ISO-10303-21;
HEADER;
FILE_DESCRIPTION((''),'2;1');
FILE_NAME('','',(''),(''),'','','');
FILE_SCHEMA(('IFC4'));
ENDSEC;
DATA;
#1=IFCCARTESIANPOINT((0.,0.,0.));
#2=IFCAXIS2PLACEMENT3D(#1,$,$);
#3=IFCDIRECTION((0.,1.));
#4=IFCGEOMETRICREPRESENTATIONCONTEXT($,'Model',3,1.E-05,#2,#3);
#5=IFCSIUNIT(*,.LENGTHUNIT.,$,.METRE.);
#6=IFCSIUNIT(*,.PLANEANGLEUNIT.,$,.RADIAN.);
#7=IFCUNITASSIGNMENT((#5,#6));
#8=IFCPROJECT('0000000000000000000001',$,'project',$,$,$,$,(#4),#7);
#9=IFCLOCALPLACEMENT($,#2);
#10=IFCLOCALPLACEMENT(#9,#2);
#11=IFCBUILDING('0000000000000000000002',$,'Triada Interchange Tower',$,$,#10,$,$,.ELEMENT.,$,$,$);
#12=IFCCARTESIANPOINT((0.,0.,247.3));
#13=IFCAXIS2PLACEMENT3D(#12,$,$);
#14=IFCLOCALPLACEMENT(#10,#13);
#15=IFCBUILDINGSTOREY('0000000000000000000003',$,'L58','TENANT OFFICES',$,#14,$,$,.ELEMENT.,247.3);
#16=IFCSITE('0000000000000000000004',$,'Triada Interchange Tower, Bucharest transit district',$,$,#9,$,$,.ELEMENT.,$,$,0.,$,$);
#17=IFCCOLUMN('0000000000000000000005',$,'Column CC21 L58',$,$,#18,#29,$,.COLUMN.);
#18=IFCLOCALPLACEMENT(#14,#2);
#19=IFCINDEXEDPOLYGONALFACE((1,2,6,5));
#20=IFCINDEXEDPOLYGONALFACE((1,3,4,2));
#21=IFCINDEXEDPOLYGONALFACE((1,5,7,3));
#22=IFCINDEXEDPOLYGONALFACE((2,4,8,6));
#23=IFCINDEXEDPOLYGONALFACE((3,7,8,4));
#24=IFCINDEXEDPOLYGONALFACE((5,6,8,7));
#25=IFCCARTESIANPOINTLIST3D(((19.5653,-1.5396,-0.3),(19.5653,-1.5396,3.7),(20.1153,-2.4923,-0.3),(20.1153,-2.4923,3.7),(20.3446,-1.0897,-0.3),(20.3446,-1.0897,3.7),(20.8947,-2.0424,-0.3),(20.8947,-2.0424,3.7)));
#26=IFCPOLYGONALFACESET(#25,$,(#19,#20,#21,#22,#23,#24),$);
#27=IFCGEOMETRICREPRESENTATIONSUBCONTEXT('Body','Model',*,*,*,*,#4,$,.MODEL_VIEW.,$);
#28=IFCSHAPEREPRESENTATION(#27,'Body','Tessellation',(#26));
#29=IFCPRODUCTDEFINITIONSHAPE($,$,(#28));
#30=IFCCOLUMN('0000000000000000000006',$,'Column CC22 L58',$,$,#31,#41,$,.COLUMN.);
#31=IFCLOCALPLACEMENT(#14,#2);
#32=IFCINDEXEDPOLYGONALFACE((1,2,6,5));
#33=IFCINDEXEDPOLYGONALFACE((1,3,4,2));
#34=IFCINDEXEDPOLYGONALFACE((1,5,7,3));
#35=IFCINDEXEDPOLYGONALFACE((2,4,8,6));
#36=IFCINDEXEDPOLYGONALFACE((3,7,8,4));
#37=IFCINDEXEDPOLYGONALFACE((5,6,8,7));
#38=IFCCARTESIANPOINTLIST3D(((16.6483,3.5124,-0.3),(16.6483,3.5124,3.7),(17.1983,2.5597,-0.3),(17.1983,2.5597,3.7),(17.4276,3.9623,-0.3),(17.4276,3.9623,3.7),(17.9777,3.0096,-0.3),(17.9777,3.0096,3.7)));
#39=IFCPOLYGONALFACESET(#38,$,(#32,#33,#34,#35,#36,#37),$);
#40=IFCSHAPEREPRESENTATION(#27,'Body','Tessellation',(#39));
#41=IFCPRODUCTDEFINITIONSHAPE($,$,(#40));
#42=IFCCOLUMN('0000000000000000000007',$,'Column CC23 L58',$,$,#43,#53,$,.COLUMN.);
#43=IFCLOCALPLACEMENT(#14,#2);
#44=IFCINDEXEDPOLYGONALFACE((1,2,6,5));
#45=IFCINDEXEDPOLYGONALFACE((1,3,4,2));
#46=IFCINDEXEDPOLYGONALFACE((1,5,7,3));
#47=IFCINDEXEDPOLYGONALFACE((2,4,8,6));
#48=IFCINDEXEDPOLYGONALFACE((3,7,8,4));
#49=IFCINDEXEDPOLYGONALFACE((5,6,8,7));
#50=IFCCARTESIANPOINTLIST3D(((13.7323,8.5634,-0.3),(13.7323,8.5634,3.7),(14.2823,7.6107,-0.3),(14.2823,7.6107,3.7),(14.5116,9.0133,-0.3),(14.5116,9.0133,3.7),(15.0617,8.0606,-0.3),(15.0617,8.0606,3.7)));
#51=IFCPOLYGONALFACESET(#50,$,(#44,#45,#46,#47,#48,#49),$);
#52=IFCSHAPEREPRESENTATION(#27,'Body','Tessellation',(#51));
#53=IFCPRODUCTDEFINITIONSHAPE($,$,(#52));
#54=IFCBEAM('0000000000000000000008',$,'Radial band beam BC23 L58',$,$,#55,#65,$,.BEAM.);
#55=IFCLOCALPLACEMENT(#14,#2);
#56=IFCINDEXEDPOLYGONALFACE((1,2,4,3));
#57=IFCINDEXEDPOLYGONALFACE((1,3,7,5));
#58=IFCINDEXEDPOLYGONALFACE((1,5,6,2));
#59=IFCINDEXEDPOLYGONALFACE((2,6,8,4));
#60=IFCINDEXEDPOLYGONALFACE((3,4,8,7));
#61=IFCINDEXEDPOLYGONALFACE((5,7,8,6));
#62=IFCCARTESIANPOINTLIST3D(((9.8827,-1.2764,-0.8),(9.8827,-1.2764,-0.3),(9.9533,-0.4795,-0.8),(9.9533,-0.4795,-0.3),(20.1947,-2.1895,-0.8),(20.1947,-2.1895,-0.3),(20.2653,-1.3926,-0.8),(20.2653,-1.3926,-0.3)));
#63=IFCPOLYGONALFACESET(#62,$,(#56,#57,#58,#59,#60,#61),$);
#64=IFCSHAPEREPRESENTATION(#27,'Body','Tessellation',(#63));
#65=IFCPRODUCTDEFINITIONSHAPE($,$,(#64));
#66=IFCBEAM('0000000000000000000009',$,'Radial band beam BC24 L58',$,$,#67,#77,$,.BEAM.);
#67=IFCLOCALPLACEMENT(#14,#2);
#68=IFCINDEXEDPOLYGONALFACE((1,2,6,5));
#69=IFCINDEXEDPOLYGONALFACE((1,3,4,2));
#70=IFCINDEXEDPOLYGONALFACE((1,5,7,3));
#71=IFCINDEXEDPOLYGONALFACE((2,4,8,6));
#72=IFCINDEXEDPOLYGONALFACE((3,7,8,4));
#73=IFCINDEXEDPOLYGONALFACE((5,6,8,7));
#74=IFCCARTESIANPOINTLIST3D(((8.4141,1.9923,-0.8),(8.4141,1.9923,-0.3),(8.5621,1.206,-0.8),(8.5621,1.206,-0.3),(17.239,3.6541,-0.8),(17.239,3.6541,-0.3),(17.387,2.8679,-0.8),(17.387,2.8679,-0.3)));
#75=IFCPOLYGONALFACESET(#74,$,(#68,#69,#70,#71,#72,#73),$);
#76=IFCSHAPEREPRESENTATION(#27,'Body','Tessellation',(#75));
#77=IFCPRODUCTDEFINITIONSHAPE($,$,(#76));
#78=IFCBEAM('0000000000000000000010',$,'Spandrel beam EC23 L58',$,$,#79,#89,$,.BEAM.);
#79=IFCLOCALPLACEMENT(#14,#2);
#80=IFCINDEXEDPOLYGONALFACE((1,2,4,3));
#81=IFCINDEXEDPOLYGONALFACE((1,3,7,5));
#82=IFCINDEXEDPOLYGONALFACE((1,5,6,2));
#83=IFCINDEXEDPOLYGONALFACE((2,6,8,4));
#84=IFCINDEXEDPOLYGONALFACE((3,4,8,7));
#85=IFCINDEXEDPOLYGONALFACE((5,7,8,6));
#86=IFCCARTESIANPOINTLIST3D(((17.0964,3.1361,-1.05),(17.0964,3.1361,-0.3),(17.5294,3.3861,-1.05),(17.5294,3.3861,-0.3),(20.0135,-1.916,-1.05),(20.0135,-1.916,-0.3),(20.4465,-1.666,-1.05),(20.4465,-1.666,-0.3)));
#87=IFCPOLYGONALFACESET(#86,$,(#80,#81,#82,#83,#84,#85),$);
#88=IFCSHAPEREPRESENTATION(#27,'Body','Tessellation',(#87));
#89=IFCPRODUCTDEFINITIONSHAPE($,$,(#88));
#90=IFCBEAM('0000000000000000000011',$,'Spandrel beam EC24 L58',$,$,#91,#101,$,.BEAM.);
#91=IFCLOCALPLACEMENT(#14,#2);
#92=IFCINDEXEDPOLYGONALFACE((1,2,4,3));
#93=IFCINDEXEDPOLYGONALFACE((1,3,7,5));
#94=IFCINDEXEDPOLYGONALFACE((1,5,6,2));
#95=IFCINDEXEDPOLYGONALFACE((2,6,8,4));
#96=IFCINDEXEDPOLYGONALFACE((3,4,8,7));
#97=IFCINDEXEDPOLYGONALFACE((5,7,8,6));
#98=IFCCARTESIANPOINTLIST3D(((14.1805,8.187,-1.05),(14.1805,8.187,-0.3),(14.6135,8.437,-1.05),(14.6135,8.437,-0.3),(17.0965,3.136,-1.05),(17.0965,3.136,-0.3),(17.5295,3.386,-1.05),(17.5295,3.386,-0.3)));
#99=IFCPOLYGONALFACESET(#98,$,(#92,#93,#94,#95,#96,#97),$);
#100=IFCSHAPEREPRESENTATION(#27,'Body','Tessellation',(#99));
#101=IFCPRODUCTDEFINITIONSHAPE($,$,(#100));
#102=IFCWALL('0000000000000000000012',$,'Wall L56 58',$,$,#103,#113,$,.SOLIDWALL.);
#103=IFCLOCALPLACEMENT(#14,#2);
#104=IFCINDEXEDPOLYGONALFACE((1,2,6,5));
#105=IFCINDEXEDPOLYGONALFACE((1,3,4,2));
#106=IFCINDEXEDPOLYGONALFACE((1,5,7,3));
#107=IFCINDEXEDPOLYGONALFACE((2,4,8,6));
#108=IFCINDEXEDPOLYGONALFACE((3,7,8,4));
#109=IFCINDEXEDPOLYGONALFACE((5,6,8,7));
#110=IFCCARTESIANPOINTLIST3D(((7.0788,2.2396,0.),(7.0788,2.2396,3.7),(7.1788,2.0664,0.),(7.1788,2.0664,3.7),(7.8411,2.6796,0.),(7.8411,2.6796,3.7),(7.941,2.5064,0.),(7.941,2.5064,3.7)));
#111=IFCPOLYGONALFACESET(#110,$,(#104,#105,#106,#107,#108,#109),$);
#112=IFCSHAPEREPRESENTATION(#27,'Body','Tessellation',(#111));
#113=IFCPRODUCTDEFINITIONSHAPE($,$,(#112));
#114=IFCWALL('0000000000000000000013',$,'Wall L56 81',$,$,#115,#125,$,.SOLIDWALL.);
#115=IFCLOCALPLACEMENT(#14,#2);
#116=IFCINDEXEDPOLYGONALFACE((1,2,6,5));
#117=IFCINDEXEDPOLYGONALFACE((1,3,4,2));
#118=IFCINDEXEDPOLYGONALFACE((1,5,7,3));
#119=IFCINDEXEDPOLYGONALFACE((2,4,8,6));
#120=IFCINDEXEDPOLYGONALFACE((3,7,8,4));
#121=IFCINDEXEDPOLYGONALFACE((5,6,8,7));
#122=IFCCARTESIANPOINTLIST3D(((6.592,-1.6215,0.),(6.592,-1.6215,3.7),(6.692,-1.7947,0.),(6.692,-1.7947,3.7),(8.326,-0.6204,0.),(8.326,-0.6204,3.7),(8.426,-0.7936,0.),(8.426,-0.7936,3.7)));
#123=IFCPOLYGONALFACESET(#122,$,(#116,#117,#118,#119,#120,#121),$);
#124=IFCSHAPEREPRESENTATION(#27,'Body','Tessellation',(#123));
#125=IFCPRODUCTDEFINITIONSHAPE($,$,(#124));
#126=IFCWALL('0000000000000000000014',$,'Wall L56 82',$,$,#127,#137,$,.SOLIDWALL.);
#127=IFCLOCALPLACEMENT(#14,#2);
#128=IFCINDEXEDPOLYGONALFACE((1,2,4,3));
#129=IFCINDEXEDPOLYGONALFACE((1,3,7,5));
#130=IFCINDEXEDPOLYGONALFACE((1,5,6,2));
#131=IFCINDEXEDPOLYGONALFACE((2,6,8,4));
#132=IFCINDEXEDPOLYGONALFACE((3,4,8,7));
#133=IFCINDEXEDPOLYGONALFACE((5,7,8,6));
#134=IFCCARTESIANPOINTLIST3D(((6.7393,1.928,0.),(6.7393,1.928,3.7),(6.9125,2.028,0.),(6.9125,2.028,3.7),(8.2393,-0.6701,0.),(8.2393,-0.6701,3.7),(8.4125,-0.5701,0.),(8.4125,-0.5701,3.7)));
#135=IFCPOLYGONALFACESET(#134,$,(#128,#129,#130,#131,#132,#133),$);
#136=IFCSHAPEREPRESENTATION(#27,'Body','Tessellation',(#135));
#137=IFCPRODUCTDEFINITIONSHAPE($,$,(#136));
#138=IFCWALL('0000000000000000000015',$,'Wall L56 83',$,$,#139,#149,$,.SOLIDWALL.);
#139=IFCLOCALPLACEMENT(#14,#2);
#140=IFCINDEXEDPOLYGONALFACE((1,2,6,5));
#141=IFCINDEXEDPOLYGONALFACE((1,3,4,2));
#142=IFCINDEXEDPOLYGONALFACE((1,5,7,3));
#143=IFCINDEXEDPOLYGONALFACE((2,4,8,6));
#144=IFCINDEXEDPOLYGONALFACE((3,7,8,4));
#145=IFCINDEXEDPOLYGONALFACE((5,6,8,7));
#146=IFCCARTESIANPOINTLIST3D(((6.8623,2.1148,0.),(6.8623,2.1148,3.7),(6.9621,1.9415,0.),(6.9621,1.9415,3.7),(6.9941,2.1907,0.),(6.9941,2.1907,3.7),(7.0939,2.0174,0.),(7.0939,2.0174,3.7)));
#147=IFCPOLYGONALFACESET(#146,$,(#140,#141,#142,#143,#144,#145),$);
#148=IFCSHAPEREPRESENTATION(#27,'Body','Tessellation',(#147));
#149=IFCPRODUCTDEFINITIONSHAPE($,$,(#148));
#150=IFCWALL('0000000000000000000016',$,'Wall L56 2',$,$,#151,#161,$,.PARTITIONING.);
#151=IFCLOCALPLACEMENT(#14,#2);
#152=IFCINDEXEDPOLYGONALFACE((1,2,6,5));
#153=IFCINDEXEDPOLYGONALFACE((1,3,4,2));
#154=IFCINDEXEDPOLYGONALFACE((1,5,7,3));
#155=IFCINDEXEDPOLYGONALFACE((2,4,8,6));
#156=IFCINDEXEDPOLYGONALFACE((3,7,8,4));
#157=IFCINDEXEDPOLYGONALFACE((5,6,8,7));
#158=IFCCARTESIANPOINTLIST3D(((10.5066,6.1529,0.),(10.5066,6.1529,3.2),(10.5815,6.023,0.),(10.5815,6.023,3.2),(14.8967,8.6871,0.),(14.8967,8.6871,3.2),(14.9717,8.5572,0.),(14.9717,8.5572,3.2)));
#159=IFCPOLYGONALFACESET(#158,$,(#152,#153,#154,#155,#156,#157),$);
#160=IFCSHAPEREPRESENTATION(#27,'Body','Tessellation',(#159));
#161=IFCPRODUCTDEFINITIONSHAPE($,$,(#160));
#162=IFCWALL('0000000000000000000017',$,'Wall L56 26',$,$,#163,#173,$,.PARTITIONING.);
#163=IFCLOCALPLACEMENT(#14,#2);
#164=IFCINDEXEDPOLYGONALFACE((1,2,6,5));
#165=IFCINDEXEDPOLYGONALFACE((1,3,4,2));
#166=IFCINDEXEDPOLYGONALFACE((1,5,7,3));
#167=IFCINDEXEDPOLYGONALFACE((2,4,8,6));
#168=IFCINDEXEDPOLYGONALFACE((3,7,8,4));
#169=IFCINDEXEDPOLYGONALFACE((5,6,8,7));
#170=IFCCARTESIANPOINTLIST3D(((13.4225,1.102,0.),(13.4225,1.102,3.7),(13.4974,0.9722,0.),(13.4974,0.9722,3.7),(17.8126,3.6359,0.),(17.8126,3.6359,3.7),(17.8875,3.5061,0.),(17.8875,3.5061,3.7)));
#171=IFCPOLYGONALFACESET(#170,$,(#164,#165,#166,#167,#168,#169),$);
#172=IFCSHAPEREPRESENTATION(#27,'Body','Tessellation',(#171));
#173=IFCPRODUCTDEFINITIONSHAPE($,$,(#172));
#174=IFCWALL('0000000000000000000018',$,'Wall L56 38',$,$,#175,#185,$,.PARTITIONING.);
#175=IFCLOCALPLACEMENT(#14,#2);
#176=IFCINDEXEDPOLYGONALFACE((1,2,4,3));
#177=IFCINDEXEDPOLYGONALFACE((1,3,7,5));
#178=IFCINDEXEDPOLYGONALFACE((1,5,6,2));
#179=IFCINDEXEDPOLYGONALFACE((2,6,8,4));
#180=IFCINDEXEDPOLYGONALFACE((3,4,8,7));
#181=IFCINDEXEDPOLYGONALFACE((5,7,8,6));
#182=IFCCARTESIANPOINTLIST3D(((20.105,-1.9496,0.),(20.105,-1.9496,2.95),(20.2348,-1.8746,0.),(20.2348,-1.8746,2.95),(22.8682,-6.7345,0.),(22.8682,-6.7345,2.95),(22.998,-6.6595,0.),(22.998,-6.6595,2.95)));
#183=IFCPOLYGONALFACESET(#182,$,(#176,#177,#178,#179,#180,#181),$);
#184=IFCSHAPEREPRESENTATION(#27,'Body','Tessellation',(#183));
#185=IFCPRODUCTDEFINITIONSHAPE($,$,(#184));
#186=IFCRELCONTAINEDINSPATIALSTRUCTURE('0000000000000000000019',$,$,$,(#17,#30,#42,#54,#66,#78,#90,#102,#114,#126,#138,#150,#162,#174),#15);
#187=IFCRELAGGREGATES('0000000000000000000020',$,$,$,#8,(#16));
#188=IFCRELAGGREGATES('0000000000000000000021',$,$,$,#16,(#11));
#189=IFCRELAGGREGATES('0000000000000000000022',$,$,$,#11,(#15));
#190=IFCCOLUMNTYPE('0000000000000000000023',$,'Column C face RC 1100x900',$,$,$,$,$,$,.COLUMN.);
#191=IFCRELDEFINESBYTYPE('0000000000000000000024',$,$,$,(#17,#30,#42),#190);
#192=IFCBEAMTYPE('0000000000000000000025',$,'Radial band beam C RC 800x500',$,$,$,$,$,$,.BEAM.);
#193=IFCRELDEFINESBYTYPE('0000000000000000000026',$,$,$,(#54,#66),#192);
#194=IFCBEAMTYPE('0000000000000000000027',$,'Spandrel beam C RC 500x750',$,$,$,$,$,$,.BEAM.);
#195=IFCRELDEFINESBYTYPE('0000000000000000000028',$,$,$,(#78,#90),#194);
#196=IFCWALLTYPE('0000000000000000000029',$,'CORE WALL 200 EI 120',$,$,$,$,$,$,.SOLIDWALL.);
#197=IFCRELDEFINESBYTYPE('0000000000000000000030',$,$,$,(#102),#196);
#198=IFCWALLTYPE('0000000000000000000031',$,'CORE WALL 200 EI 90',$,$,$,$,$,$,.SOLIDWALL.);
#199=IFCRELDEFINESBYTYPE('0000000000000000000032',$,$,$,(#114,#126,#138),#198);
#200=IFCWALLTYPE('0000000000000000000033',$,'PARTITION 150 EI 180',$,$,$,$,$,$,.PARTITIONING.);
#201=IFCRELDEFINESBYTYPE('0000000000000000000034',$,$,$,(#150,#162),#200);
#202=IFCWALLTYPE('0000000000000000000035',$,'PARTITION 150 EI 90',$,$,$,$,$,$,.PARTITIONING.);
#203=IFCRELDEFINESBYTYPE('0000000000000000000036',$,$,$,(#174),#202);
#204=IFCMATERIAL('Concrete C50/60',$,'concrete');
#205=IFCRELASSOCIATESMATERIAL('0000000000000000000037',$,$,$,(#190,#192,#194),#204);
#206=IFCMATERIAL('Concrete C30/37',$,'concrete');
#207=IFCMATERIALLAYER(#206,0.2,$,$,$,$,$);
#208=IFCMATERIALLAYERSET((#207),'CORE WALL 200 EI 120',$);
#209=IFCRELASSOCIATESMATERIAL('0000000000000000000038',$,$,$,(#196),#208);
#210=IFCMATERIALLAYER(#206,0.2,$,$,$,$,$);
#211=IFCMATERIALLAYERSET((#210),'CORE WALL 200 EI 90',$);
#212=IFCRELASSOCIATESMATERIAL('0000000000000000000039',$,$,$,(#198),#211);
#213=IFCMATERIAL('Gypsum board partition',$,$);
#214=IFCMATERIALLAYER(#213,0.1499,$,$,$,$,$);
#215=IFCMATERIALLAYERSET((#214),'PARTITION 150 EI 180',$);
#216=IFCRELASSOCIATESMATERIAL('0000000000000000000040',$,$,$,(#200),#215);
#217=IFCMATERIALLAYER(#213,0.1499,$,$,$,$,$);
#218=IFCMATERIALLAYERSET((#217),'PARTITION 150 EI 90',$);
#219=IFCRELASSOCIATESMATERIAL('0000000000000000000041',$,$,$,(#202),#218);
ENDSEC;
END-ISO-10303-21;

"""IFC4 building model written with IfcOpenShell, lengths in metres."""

from ifc_helpers import new_model, si_unit, direction, frame, frame_2d, origin, origin_2d, place, context, subcontext, project, spatial, rectangle, extrude, material, layer, layer_set, material_profile, profile_set, type_object, element, save


model = new_model("IFC4")

# Units and contexts
model_context = context("Model", 3, precision=1e-05, world=origin(), true_north=direction((0.0, 1.0)))
body_context = subcontext(model_context, "Body", "Model", "MODEL_VIEW")
ifc_project = project(units=[si_unit("LENGTHUNIT", "METRE"), si_unit("PLANEANGLEUNIT", "RADIAN")], contexts=[model_context])

# Site, building, storey
site_placement = place(None, origin())
site = spatial("IfcSite", under=ifc_project, at=site_placement, Name="Triada Interchange Tower, Bucharest transit district", CompositionType="ELEMENT", RefElevation=0.0)
building_placement = place(site_placement, origin())
building = spatial("IfcBuilding", under=site, at=building_placement, Name="Triada Interchange Tower", CompositionType="ELEMENT")
storey_placement = place(building_placement, frame((0.0, 0.0, 247.3)))
storey = spatial("IfcBuildingStorey", under=building, at=storey_placement, Name="L58", Description="TENANT OFFICES", CompositionType="ELEMENT", Elevation=247.3)

# Columns
ifc_material_1 = material(Name="Concrete C50/60", Category="concrete")
ifc_material_profile_1 = material_profile(ifc_material_1, rectangle(XDim=1.1001, YDim=0.8999, at=origin_2d()), Name="RC 1100x900")
ifc_profile_set_1 = profile_set([ifc_material_profile_1], Name="Concrete C50/60")
column_type = type_object("IfcColumnType", Name="Column C face RC 1100x900", PredefinedType="COLUMN", material=ifc_profile_set_1)
for number, where, z_axis, x_axis, name in (
    (1, (20.23, -1.791, -0.3), (0.0, 0.0, 1.0), (-0.5, 0.866025, 0.0), "Column CC21 L58"),
    (2, (17.313, 3.261, -0.3), (0.0, 0.0, 1.0), (-0.5, 0.866025, 0.0), "Column CC22 L58"),
    (3, (14.397, 8.312, -0.3), (0.0, 0.0, 1.0), (-0.5, 0.866025, 0.0), "Column CC23 L58"),
):
    element("IfcColumn", number, at=place(storey_placement, frame(where, z_axis=z_axis, x_axis=x_axis)), inside=storey, type_object=column_type, Name=name, PredefinedType="COLUMN", context=body_context, shape_type="SweptSolid", body=[
        extrude(rectangle(XDim=1.1001, YDim=0.8999, at=origin_2d()), origin(), (0.0, 0.0, 1.0), 4.0),
    ])

# Beams
ifc_material_profile_2 = material_profile(ifc_material_1, rectangle(XDim=0.8, YDim=0.5, at=origin_2d()), Name="RC 800x500")
ifc_profile_set_2 = profile_set([ifc_material_profile_2], Name="Concrete C50/60")
beam_type_1 = type_object("IfcBeamType", Name="Radial band beam C RC 800x500", PredefinedType="BEAM", material=ifc_profile_set_2)
beam_1_placement = place(storey_placement, frame((20.23, -1.791, -0.55), z_axis=(-0.996103, 0.088201, 0.0), x_axis=(-0.088201, -0.996103, 0.0)))
element("IfcBeam", 4, at=beam_1_placement, inside=storey, type_object=beam_type_1, Name="Radial band beam BC23 L58", PredefinedType="BEAM", context=body_context, shape_type="SweptSolid", body=[
    extrude(rectangle(XDim=0.8, YDim=0.5, at=origin_2d()), origin(), (0.0, 0.0, 1.0), 10.3523),
])
beam_2_placement = place(storey_placement, frame((17.313, 3.261, -0.55), z_axis=(-0.982727, -0.185062, 0.0), x_axis=(0.185062, -0.982727, 0.0)))
element("IfcBeam", 5, at=beam_2_placement, inside=storey, type_object=beam_type_1, Name="Radial band beam BC24 L58", PredefinedType="BEAM", context=body_context, shape_type="SweptSolid", body=[
    extrude(rectangle(XDim=0.8, YDim=0.5, at=origin_2d()), origin(), (0.0, 0.0, 1.0), 8.98),
])
ifc_material_profile_3 = material_profile(ifc_material_1, rectangle(XDim=0.5, YDim=0.75, at=origin_2d()), Name="RC 500x750")
ifc_profile_set_3 = profile_set([ifc_material_profile_3], Name="Concrete C50/60")
beam_type_2 = type_object("IfcBeamType", Name="Spandrel beam C RC 500x750", PredefinedType="BEAM", material=ifc_profile_set_3)
beam_3_placement = place(storey_placement, frame((20.23, -1.791, -0.675), z_axis=(-0.500028, 0.866009, 0.0), x_axis=(-0.866009, -0.500028, 0.0)))
element("IfcBeam", 6, at=beam_3_placement, inside=storey, type_object=beam_type_2, Name="Spandrel beam EC23 L58", PredefinedType="BEAM", context=body_context, shape_type="SweptSolid", body=[
    extrude(rectangle(XDim=0.5, YDim=0.75, at=origin_2d()), origin(), (0.0, 0.0, 1.0), 5.8337),
])
beam_4_placement = place(storey_placement, frame((17.313, 3.261, -0.675), z_axis=(-0.499975, 0.86604, 0.0), x_axis=(-0.86604, -0.499975, 0.0)))
element("IfcBeam", 7, at=beam_4_placement, inside=storey, type_object=beam_type_2, Name="Spandrel beam EC24 L58", PredefinedType="BEAM", context=body_context, shape_type="SweptSolid", body=[
    extrude(rectangle(XDim=0.5, YDim=0.75, at=origin_2d()), origin(), (0.0, 0.0, 1.0), 5.8323),
])

# Walls
ifc_material_2 = material(Name="Concrete C30/37", Category="concrete")
ifc_layer_1 = layer(ifc_material_2, 0.2)
ifc_layer_set_1 = layer_set([ifc_layer_1], Name="CORE WALL 200 EI 120")
wall_type_1 = type_object("IfcWallType", Name="CORE WALL 200 EI 120", PredefinedType="SOLIDWALL", material=ifc_layer_set_1)
wall_1_placement = place(storey_placement, frame((7.1289, 2.1531, 0.0), z_axis=(0.0, 0.0, 1.0), x_axis=(0.866084, 0.499899, 0.0)))
element("IfcWall", 8, at=wall_1_placement, inside=storey, type_object=wall_type_1, Name="Wall L56 58", PredefinedType="SOLIDWALL", context=body_context, shape_type="SweptSolid", body=[
    extrude(rectangle(XDim=0.8801, YDim=0.2, at=frame_2d((0.4399, 0.0))), origin(), (0.0, 0.0, 1.0), 3.7),
])
ifc_layer_2 = layer(ifc_material_2, 0.2)
ifc_layer_set_2 = layer_set([ifc_layer_2], Name="CORE WALL 200 EI 90")
wall_type_2 = type_object("IfcWallType", Name="CORE WALL 200 EI 90", PredefinedType="SOLIDWALL", material=ifc_layer_set_2)
wall_2_placement = place(storey_placement, frame((6.6421, -1.708, 0.0), z_axis=(0.0, 0.0, 1.0), x_axis=(0.866043, 0.499969, 0.0)))
element("IfcWall", 9, at=wall_2_placement, inside=storey, type_object=wall_type_2, Name="Wall L56 81", PredefinedType="SOLIDWALL", context=body_context, shape_type="SweptSolid", body=[
    extrude(rectangle(XDim=2.0022, YDim=0.2, at=frame_2d((1.001, 0.0))), origin(), (0.0, 0.0, 1.0), 3.7),
])
wall_3_placement = place(storey_placement, frame((6.8259, 1.978, 0.0), z_axis=(0.0, 0.0, 1.0), x_axis=(0.49999, -0.866031, 0.0)))
element("IfcWall", 10, at=wall_3_placement, inside=storey, type_object=wall_type_2, Name="Wall L56 82", PredefinedType="SOLIDWALL", context=body_context, shape_type="SweptSolid", body=[
    extrude(rectangle(XDim=3.0, YDim=0.2, at=frame_2d((1.5, 0.0))), origin(), (0.0, 0.0, 1.0), 3.7),
])
wall_4_placement = place(storey_placement, frame((6.9121, 2.0281, 0.0), z_axis=(0.0, 0.0, 1.0), x_axis=(0.866559, 0.499074, 0.0)))
element("IfcWall", 11, at=wall_4_placement, inside=storey, type_object=wall_type_2, Name="Wall L56 83", PredefinedType="SOLIDWALL", context=body_context, shape_type="SweptSolid", body=[
    extrude(rectangle(XDim=0.1521, YDim=0.2, at=frame_2d((0.0762, 0.0))), origin(), (0.0, 0.0, 1.0), 3.7),
])
ifc_material_3 = material(Name="Gypsum board partition")
ifc_layer_3 = layer(ifc_material_3, 0.1499)
ifc_layer_set_3 = layer_set([ifc_layer_3], Name="PARTITION 150 EI 180")
wall_type_3 = type_object("IfcWallType", Name="PARTITION 150 EI 180", PredefinedType="PARTITIONING", material=ifc_layer_set_3)
wall_5_placement = place(storey_placement, frame((10.5439, 6.0879, 0.0), z_axis=(0.0, 0.0, 1.0), x_axis=(0.866065, 0.499931, 0.0)))
element("IfcWall", 12, at=wall_5_placement, inside=storey, type_object=wall_type_3, Name="Wall L56 2", PredefinedType="PARTITIONING", context=body_context, shape_type="SweptSolid", body=[
    extrude(rectangle(XDim=5.0691, YDim=0.1499, at=frame_2d((2.5347, 0.0))), origin(), (0.0, 0.0, 1.0), 3.2),
])
wall_6_placement = place(storey_placement, frame((13.46, 1.0371, 0.0), z_axis=(0.0, 0.0, 1.0), x_axis=(0.866086, 0.499895, 0.0)))
element("IfcWall", 13, at=wall_6_placement, inside=storey, type_object=wall_type_3, Name="Wall L56 26", PredefinedType="PARTITIONING", context=body_context, shape_type="SweptSolid", body=[
    extrude(rectangle(XDim=5.0688, YDim=0.1499, at=frame_2d((2.5344, 0.0))), origin(), (0.0, 0.0, 1.0), 3.7),
])
ifc_layer_4 = layer(ifc_material_3, 0.1499)
ifc_layer_set_4 = layer_set([ifc_layer_4], Name="PARTITION 150 EI 90")
wall_type_4 = type_object("IfcWallType", Name="PARTITION 150 EI 90", PredefinedType="PARTITIONING", material=ifc_layer_set_4)
wall_7_placement = place(storey_placement, frame((20.1699, -1.9121, 0.0), z_axis=(0.0, 0.0, 1.0), x_axis=(0.500083, -0.865977, 0.0)))
element("IfcWall", 14, at=wall_7_placement, inside=storey, type_object=wall_type_4, Name="Wall L56 38", PredefinedType="PARTITIONING", context=body_context, shape_type="SweptSolid", body=[
    extrude(rectangle(XDim=5.5254, YDim=0.1499, at=frame_2d((2.7627, 0.0))), origin(), (0.0, 0.0, 1.0), 2.95),
])

save(model, "model.ifc")
